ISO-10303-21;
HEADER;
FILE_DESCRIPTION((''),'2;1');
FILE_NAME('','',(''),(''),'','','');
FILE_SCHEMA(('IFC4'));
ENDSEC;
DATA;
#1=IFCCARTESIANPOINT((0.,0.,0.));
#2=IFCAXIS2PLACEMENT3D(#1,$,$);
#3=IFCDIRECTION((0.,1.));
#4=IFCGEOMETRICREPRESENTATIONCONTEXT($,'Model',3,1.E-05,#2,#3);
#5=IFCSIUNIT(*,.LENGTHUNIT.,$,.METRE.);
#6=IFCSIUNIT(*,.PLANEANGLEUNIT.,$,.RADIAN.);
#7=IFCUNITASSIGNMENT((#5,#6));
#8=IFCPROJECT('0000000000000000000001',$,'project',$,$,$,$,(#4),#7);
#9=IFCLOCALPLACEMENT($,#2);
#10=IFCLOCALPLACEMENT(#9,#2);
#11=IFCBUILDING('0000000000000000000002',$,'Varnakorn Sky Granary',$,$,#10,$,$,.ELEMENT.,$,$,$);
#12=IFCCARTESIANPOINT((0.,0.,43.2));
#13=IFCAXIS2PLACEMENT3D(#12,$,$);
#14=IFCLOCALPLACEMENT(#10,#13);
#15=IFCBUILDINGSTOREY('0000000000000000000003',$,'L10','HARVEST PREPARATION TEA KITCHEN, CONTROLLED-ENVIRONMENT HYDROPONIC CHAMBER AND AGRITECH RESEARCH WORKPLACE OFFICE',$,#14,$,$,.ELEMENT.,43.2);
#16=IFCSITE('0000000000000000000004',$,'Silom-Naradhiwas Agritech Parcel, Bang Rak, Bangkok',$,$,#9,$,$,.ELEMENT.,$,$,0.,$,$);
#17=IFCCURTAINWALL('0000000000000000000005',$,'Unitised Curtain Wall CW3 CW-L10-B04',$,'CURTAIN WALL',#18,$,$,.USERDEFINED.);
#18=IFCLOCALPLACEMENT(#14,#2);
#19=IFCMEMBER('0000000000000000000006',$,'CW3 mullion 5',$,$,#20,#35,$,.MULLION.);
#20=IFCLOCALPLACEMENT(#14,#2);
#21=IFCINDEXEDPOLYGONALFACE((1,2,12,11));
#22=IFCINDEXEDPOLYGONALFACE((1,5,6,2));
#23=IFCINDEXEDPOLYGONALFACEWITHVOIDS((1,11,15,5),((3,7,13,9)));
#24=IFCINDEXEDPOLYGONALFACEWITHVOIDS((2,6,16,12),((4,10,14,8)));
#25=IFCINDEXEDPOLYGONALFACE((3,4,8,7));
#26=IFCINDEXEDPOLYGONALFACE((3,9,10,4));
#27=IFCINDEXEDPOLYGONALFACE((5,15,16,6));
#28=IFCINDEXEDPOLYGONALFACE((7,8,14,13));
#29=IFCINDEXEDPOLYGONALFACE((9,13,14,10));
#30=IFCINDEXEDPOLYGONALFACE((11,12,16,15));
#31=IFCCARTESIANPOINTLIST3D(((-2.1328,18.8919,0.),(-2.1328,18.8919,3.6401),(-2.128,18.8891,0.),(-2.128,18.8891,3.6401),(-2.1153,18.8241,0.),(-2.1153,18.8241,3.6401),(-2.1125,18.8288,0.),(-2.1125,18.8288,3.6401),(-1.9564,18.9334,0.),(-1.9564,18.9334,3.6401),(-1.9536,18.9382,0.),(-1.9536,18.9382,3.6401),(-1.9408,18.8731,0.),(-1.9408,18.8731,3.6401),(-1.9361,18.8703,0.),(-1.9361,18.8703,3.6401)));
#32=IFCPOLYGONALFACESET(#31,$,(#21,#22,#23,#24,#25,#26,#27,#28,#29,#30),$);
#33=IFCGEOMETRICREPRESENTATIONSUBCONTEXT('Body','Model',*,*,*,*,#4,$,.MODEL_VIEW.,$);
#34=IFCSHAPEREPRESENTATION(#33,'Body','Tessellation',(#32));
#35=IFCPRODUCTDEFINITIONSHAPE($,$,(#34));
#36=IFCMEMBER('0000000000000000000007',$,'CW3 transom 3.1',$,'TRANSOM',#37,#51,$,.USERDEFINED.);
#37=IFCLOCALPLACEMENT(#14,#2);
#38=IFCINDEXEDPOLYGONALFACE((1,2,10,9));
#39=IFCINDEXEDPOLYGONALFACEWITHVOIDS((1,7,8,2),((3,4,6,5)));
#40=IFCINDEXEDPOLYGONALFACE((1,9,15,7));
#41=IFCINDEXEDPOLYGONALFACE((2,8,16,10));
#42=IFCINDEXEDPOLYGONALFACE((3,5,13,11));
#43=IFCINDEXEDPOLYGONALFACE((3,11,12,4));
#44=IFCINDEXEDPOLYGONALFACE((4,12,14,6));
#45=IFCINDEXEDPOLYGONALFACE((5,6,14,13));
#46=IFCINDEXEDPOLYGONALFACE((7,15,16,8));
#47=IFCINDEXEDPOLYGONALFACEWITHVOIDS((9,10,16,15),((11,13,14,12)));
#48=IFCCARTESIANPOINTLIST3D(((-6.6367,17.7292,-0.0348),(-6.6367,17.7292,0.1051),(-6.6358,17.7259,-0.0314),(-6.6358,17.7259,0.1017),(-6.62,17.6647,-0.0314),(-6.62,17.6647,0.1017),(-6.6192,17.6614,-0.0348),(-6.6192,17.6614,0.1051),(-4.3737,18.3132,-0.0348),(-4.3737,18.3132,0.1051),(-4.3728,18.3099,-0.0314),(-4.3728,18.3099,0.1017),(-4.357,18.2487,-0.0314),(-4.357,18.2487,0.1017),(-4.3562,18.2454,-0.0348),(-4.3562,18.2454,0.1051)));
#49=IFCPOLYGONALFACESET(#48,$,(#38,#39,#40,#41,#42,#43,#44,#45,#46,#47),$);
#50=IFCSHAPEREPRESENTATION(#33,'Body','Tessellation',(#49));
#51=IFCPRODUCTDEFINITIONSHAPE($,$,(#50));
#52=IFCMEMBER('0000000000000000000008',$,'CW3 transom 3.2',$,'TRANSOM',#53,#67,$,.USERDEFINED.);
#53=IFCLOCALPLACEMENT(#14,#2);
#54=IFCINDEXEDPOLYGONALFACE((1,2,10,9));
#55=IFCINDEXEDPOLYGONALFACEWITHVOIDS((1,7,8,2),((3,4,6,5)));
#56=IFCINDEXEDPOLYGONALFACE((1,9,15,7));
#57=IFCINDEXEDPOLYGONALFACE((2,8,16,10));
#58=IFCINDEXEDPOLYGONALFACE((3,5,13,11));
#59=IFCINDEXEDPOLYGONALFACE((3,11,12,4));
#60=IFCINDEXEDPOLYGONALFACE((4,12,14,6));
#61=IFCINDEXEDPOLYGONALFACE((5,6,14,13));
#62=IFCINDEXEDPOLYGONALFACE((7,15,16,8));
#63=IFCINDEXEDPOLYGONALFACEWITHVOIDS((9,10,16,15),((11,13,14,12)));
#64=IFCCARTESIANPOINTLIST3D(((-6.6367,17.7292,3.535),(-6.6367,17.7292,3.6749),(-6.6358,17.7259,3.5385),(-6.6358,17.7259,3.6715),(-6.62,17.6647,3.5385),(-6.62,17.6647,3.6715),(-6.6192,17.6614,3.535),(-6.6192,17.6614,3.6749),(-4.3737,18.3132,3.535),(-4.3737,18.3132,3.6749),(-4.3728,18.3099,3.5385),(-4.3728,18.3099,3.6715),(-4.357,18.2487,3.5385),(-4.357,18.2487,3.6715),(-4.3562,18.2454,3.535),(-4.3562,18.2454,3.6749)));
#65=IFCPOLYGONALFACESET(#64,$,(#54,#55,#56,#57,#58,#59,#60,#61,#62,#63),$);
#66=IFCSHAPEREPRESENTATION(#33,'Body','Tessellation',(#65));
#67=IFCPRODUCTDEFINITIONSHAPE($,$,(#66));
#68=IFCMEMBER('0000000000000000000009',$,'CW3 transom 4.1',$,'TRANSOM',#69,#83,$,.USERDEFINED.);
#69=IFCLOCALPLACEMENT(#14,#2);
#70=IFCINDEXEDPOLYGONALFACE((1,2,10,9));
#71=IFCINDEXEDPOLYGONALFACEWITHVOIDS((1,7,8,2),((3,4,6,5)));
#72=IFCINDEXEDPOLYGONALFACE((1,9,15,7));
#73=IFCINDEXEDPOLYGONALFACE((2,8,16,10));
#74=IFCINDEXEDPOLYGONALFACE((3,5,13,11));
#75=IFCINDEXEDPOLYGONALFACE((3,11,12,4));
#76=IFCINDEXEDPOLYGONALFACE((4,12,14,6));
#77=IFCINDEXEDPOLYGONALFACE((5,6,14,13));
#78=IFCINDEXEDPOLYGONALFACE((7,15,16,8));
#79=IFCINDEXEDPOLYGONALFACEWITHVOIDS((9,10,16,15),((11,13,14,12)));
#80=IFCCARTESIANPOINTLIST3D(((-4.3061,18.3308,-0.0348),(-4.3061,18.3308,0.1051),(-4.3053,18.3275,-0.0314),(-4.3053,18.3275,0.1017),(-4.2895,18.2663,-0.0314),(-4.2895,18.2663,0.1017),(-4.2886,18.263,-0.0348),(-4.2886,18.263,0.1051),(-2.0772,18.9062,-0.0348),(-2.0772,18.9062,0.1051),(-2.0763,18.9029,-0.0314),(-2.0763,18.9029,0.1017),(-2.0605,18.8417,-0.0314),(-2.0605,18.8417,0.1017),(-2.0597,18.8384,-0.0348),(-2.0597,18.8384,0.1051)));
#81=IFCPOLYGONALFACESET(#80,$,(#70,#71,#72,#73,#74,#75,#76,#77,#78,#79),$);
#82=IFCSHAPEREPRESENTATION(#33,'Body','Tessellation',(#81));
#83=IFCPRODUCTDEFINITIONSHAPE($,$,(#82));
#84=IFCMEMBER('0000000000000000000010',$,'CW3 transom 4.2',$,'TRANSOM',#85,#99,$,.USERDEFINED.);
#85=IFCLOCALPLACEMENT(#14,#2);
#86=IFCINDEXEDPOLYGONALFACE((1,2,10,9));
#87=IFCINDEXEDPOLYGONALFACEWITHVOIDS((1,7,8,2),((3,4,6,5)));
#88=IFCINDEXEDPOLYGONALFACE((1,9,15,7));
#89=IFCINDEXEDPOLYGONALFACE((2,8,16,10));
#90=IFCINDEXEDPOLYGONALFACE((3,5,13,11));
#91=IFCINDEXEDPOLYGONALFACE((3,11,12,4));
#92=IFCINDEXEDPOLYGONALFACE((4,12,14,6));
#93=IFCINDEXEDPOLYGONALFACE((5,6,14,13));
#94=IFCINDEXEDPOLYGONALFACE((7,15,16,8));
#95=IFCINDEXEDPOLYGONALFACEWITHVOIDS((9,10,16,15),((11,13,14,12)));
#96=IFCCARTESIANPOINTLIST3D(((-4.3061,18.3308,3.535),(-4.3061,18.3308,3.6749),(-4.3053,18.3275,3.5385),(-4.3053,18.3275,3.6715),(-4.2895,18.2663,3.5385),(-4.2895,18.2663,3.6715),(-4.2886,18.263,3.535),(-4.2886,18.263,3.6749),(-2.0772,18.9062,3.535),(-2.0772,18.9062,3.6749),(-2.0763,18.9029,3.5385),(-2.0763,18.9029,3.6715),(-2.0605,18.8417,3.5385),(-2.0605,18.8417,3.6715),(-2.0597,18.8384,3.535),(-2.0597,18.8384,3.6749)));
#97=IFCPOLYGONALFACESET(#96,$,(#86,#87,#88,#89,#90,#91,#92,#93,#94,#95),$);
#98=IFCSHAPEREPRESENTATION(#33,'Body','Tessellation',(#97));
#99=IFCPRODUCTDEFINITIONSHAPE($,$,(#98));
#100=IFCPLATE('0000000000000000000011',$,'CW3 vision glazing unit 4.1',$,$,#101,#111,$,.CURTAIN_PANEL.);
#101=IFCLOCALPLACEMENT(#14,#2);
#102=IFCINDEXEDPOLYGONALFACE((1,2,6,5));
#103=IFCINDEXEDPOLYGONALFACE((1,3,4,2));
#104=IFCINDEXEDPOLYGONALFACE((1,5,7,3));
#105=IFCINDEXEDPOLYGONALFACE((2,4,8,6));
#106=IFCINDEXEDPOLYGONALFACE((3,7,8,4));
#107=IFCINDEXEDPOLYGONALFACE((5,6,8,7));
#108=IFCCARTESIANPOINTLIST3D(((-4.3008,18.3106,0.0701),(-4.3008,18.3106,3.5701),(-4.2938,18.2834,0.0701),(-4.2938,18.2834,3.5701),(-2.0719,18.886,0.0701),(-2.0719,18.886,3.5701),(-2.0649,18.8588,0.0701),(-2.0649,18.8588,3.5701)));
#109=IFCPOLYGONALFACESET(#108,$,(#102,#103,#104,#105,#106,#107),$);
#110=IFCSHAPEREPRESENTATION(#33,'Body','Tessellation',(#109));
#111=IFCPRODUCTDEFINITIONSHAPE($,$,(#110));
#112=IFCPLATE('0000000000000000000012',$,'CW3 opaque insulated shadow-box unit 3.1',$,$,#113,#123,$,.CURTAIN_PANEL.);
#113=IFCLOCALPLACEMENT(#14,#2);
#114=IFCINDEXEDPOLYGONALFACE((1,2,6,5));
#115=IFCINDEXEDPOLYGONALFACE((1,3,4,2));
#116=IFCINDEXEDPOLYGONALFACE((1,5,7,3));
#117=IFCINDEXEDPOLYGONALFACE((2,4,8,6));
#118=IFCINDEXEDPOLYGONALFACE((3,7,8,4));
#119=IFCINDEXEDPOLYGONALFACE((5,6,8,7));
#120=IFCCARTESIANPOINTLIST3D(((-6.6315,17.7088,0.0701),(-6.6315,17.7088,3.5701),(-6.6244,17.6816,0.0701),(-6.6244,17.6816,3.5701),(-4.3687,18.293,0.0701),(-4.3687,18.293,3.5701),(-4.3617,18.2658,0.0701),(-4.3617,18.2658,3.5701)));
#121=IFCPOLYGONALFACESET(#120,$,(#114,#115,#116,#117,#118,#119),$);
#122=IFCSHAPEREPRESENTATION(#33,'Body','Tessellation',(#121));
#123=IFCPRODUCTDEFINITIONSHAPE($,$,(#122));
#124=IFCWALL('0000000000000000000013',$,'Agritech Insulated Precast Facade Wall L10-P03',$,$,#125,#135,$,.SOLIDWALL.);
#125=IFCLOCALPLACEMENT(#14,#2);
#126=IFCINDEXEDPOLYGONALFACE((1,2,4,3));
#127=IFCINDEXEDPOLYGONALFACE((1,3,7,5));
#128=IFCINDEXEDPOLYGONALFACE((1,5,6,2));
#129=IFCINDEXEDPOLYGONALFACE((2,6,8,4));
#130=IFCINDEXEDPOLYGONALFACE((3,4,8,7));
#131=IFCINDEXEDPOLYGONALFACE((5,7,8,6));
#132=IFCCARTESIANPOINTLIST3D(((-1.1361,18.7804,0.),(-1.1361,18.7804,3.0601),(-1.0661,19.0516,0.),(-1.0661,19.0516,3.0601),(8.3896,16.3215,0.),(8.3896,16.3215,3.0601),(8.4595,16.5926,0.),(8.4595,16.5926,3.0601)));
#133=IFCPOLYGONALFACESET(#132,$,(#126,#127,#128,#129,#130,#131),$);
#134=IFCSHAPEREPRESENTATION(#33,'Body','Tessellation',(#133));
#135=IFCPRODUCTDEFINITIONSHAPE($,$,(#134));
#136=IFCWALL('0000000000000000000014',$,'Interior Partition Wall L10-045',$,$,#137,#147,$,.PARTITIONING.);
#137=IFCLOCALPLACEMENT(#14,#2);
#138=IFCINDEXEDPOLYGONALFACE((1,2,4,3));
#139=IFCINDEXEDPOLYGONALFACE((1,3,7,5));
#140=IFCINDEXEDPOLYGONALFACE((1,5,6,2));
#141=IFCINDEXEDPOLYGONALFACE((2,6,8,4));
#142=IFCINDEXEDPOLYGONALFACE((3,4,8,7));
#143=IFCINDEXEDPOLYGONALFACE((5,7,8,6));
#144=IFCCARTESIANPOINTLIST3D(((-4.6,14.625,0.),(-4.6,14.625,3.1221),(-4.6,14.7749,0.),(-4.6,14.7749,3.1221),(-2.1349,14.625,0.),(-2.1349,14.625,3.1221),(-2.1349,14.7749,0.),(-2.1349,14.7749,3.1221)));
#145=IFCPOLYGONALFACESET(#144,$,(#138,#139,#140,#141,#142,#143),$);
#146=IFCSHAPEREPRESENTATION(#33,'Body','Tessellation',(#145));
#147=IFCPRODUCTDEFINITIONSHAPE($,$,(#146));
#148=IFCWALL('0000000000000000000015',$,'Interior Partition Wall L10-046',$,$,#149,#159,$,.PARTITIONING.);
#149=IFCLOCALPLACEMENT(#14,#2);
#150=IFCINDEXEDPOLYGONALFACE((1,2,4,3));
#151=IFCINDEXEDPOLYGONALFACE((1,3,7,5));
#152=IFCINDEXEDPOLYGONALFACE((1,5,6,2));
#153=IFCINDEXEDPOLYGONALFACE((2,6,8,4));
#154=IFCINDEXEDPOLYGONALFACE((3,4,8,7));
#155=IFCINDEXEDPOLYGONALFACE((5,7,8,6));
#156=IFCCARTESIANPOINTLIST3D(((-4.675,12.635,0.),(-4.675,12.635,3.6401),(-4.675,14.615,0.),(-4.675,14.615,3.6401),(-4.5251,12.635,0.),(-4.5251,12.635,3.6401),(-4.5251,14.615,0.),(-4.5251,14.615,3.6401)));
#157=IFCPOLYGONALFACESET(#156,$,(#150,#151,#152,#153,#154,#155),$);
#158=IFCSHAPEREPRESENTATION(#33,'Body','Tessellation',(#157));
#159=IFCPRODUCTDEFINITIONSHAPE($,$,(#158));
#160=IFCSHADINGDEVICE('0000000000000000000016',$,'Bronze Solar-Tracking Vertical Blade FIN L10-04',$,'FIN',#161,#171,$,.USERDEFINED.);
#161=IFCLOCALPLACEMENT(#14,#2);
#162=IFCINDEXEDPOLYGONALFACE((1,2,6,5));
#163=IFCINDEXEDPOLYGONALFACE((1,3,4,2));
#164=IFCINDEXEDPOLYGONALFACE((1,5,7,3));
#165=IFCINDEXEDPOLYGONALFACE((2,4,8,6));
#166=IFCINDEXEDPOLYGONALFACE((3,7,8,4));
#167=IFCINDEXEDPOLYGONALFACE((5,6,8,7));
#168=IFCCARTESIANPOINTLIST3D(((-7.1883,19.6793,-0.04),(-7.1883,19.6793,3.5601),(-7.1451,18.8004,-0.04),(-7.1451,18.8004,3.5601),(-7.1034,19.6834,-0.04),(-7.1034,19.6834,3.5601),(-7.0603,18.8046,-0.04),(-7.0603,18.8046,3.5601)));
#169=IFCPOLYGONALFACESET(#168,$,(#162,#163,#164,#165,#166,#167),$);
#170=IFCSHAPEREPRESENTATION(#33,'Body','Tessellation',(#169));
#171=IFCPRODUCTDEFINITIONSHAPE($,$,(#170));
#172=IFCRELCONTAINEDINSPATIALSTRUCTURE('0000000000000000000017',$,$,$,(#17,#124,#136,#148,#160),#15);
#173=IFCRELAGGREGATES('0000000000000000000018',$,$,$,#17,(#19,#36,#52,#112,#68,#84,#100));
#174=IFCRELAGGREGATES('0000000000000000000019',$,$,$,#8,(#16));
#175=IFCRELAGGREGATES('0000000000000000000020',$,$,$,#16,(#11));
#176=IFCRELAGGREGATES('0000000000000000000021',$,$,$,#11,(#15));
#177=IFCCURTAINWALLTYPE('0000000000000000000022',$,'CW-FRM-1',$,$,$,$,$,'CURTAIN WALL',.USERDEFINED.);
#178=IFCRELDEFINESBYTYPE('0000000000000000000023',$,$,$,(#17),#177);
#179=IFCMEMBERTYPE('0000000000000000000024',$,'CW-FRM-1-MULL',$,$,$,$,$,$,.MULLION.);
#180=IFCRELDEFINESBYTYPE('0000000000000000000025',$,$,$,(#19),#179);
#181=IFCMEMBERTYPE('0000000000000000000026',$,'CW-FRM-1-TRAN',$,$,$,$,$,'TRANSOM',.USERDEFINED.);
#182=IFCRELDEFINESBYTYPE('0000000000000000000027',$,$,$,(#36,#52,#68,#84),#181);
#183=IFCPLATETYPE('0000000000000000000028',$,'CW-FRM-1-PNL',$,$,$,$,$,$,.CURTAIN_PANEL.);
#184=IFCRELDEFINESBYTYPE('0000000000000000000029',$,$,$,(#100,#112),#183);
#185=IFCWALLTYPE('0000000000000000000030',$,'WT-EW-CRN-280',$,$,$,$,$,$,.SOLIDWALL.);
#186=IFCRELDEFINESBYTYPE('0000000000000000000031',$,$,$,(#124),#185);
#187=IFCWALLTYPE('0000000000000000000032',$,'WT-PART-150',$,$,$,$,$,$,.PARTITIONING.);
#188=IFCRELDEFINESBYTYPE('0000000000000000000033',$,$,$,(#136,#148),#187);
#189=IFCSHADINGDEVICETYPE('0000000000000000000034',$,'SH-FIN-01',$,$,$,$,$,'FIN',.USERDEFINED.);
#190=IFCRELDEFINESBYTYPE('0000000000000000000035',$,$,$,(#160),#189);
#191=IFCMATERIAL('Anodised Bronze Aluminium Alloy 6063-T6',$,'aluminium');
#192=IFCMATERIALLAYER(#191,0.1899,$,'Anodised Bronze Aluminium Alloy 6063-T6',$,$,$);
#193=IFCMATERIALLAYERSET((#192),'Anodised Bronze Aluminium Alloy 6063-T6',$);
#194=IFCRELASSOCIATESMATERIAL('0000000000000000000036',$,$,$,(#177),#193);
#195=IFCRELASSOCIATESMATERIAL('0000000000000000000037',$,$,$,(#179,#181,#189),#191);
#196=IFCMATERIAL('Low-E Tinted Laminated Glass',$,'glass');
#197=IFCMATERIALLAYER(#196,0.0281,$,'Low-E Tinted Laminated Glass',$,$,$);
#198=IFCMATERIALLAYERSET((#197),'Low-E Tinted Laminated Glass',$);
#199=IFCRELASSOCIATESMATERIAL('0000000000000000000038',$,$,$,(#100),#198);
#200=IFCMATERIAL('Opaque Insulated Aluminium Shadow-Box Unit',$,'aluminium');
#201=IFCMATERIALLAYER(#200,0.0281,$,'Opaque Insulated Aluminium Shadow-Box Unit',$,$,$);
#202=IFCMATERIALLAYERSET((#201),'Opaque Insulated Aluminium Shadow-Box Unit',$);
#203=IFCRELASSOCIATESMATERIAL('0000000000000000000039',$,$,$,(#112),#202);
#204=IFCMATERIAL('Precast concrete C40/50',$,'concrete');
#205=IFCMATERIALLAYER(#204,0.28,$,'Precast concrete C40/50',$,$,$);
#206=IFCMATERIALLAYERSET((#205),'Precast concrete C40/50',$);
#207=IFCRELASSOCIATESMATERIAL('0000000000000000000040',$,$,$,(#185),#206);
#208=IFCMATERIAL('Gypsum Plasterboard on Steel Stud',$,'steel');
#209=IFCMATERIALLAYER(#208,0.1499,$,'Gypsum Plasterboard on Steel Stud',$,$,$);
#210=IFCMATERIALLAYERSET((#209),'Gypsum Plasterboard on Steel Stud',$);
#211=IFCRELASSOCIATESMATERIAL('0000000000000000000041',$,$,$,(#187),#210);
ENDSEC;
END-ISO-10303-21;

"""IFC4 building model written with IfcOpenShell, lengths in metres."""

from ifc_helpers import new_model, si_unit, direction, frame, frame_2d, origin, origin_2d, place, context, subcontext, project, spatial, rectangle, hollow_rectangle, extrude, source, transform, mapped, material, layer, layer_set, material_profile, profile_set, type_object, type_shapes, element, aggregate, save


model = new_model("IFC4")

# Units and contexts
model_context = context("Model", 3, precision=1e-05, world=origin(), true_north=direction((0.0, 1.0)))
body_context = subcontext(model_context, "Body", "Model", "MODEL_VIEW")
ifc_project = project(units=[si_unit("LENGTHUNIT", "METRE"), si_unit("PLANEANGLEUNIT", "RADIAN")], contexts=[model_context])

# Site, building, storey
site_placement = place(None, origin())
site = spatial("IfcSite", under=ifc_project, at=site_placement, Name="Silom-Naradhiwas Agritech Parcel, Bang Rak, Bangkok", CompositionType="ELEMENT", RefElevation=0.0)
building_placement = place(site_placement, origin())
building = spatial("IfcBuilding", under=site, at=building_placement, Name="Varnakorn Sky Granary", CompositionType="ELEMENT")
storey_placement = place(building_placement, frame((0.0, 0.0, 43.2)))
storey = spatial("IfcBuildingStorey", under=building, at=storey_placement, Name="L10", Description="HARVEST PREPARATION TEA KITCHEN, CONTROLLED-ENVIRONMENT HYDROPONIC CHAMBER AND AGRITECH RESEARCH WORKPLACE OFFICE", CompositionType="ELEMENT", Elevation=43.2)

# Curtain wall, members, plates
ifc_material_1 = material(Name="Anodised Bronze Aluminium Alloy 6063-T6", Category="aluminium")
ifc_layer_1 = layer(ifc_material_1, 0.1899, Name="Anodised Bronze Aluminium Alloy 6063-T6")
ifc_layer_set_1 = layer_set([ifc_layer_1], Name="Anodised Bronze Aluminium Alloy 6063-T6")
curtain_wall_type = type_object("IfcCurtainWallType", Name="CW-FRM-1", ElementType="CURTAIN WALL", PredefinedType="USERDEFINED", material=ifc_layer_set_1)
curtain_wall_placement = place(storey_placement, origin())
curtain_wall = element("IfcCurtainWall", 1, at=curtain_wall_placement, inside=storey, type_object=curtain_wall_type, Name="Unitised Curtain Wall CW3 CW-L10-B04", ObjectType="CURTAIN WALL", PredefinedType="USERDEFINED")
ifc_material_profile_1 = material_profile(ifc_material_1, hollow_rectangle(XDim=0.0701, YDim=0.1851, WallThickness=0.0039, at=origin_2d()), Name="ALU MULL 70x185")
ifc_profile_set_1 = profile_set([ifc_material_profile_1], Name="Anodised Bronze Aluminium Alloy 6063-T6")
member_type_1 = type_object("IfcMemberType", Name="CW-FRM-1-MULL", PredefinedType="MULLION", material=ifc_profile_set_1)
member_1_placement = place(storey_placement, frame((-2.0344, 18.8811, 0.0), z_axis=(0.0, 0.0, 1.0), x_axis=(-0.24996, 0.968256, 0.0)))
member_1 = element("IfcMember", 2, at=member_1_placement, type_object=member_type_1, Name="CW3 mullion 5", PredefinedType="MULLION", context=body_context, shape_type="SweptSolid", body=[
    extrude(hollow_rectangle(XDim=0.0701, YDim=0.1851, WallThickness=0.0039, at=origin_2d()), origin(), (0.0, 0.0, 1.0), 3.6401),
])
ifc_material_profile_2 = material_profile(ifc_material_1, hollow_rectangle(XDim=0.0701, YDim=0.1399, WallThickness=0.0034, at=origin_2d()), Name="ALU TRAN 70x140")
ifc_profile_set_2 = profile_set([ifc_material_profile_2], Name="Anodised Bronze Aluminium Alloy 6063-T6")
member_type_2 = type_object("IfcMemberType", Name="CW-FRM-1-TRAN", ElementType="TRANSOM", PredefinedType="USERDEFINED", material=ifc_profile_set_2)
member_2_placement = place(storey_placement, frame((-6.6279, 17.6953, 0.0352), z_axis=(0.968277, 0.249878, 0.0), x_axis=(-0.249878, 0.968277, 0.0)))
member_2 = element("IfcMember", 3, at=member_2_placement, type_object=member_type_2, Name="CW3 transom 3.1", ObjectType="TRANSOM", PredefinedType="USERDEFINED", context=body_context, shape_type="SweptSolid", body=[
    extrude(hollow_rectangle(XDim=0.0701, YDim=0.1399, WallThickness=0.0034, at=origin_2d()), origin(), (0.0, 0.0, 1.0), 2.3372),
])
member_3_placement = place(storey_placement, frame((-6.6279, 17.6953, 3.605), z_axis=(0.968277, 0.249878, 0.0), x_axis=(-0.249878, 0.968277, 0.0)))
member_3 = element("IfcMember", 4, at=member_3_placement, type_object=member_type_2, Name="CW3 transom 3.2", ObjectType="TRANSOM", PredefinedType="USERDEFINED", context=body_context, shape_type="SweptSolid", body=[
    extrude(hollow_rectangle(XDim=0.0701, YDim=0.1399, WallThickness=0.0034, at=origin_2d()), origin(), (0.0, 0.0, 1.0), 2.3372),
])
member_4_placement = place(storey_placement, frame((-4.2974, 18.2969, 0.0352), z_axis=(0.968255, 0.249965, 0.0), x_axis=(-0.249965, 0.968255, 0.0)))
member_4 = element("IfcMember", 5, at=member_4_placement, type_object=member_type_2, Name="CW3 transom 4.1", ObjectType="TRANSOM", PredefinedType="USERDEFINED", context=body_context, shape_type="SweptSolid", body=[
    extrude(hollow_rectangle(XDim=0.0701, YDim=0.1399, WallThickness=0.0034, at=origin_2d()), origin(), (0.0, 0.0, 1.0), 2.302),
])
member_5_placement = place(storey_placement, frame((-4.2974, 18.2969, 3.605), z_axis=(0.968255, 0.249965, 0.0), x_axis=(-0.249965, 0.968255, 0.0)))
member_5 = element("IfcMember", 6, at=member_5_placement, type_object=member_type_2, Name="CW3 transom 4.2", ObjectType="TRANSOM", PredefinedType="USERDEFINED", context=body_context, shape_type="SweptSolid", body=[
    extrude(hollow_rectangle(XDim=0.0701, YDim=0.1399, WallThickness=0.0034, at=origin_2d()), origin(), (0.0, 0.0, 1.0), 2.302),
])
ifc_material_2 = material(Name="Low-E Tinted Laminated Glass", Category="glass")
ifc_layer_2 = layer(ifc_material_2, 0.0281, Name="Low-E Tinted Laminated Glass")
ifc_layer_set_2 = layer_set([ifc_layer_2], Name="Low-E Tinted Laminated Glass")
plate_type = type_object("IfcPlateType", Name="CW-FRM-1-PNL", PredefinedType="CURTAIN_PANEL")
shared_shape_1 = source(origin(), body_context, "Body", "SweptSolid", [
    extrude(rectangle(XDim=2.302, YDim=0.0281, at=origin_2d()), origin(), (0.0, 0.0, 1.0), 3.5),
])
plate_1_placement = place(storey_placement, frame((-3.1829, 18.5847, 0.0701), z_axis=(0.0, 0.0, 1.0), x_axis=(0.968256, 0.24996, 0.0)))
plate_1 = element("IfcPlate", 7, at=plate_1_placement, type_object=plate_type, material=ifc_layer_set_2, Name="CW3 vision glazing unit 4.1", PredefinedType="CURTAIN_PANEL", context=body_context, shape_type="MappedRepresentation", body=[
    mapped(shared_shape_1, transform((0.0, 0.0, 0.0), x_axis=(1.0, 0.0, 0.0), y_axis=(0.0, 1.0, 0.0), z_axis=(0.0, 0.0, 1.0), scale=1.0)),
])
ifc_material_3 = material(Name="Opaque Insulated Aluminium Shadow-Box Unit", Category="aluminium")
ifc_layer_3 = layer(ifc_material_3, 0.0281, Name="Opaque Insulated Aluminium Shadow-Box Unit")
ifc_layer_set_3 = layer_set([ifc_layer_3], Name="Opaque Insulated Aluminium Shadow-Box Unit")
shared_shape_2 = source(origin(), body_context, "Body", "SweptSolid", [
    extrude(rectangle(XDim=2.3369, YDim=0.0281, at=origin_2d()), origin(), (0.0, 0.0, 1.0), 3.5),
])
type_shapes(plate_type, [shared_shape_1, shared_shape_2])
plate_2_placement = place(storey_placement, frame((-5.4966, 17.9873, 0.0701), z_axis=(0.0, 0.0, 1.0), x_axis=(0.968256, 0.24996, 0.0)))
plate_2 = element("IfcPlate", 8, at=plate_2_placement, type_object=plate_type, material=ifc_layer_set_3, Name="CW3 opaque insulated shadow-box unit 3.1", PredefinedType="CURTAIN_PANEL", context=body_context, shape_type="MappedRepresentation", body=[
    mapped(shared_shape_2, transform((0.0, 0.0, 0.0), x_axis=(1.0, 0.0, 0.0), y_axis=(0.0, 1.0, 0.0), z_axis=(0.0, 0.0, 1.0), scale=1.0)),
])
aggregate(curtain_wall, [member_1, member_2, member_3, plate_2, member_4, member_5, plate_1])

# Walls
ifc_material_4 = material(Name="Precast concrete C40/50", Category="concrete")
ifc_layer_4 = layer(ifc_material_4, 0.28, Name="Precast concrete C40/50")
ifc_layer_set_4 = layer_set([ifc_layer_4], Name="Precast concrete C40/50")
wall_type_1 = type_object("IfcWallType", Name="WT-EW-CRN-280", PredefinedType="SOLIDWALL", material=ifc_layer_set_4)
wall_1_placement = place(storey_placement, frame((-1.1011, 18.916, 0.0), z_axis=(0.0, 0.0, 1.0), x_axis=(0.968259, -0.24995, 0.0)))
element("IfcWall", 9, at=wall_1_placement, inside=storey, type_object=wall_type_1, Name="Agritech Insulated Precast Facade Wall L10-P03", PredefinedType="SOLIDWALL", context=body_context, shape_type="SweptSolid", body=[
    extrude(rectangle(XDim=9.8379, YDim=0.28, at=frame_2d((4.9189, 0.0))), origin(), (0.0, 0.0, 1.0), 3.0601),
])
ifc_material_5 = material(Name="Gypsum Plasterboard on Steel Stud", Category="steel")
ifc_layer_5 = layer(ifc_material_5, 0.1499, Name="Gypsum Plasterboard on Steel Stud")
ifc_layer_set_5 = layer_set([ifc_layer_5], Name="Gypsum Plasterboard on Steel Stud")
wall_type_2 = type_object("IfcWallType", Name="WT-PART-150", PredefinedType="PARTITIONING", material=ifc_layer_set_5)
wall_2_placement = place(storey_placement, frame((-2.135, 14.7, 0.0), z_axis=(0.0, 0.0, 1.0), x_axis=(-1.0, 0.0, 0.0)))
element("IfcWall", 10, at=wall_2_placement, inside=storey, type_object=wall_type_2, Name="Interior Partition Wall L10-045", PredefinedType="PARTITIONING", context=body_context, shape_type="SweptSolid", body=[
    extrude(rectangle(XDim=2.4651, YDim=0.1499, at=frame_2d((1.2324, 0.0))), origin(), (0.0, 0.0, 1.0), 3.1221),
])
wall_3_placement = place(storey_placement, frame((-4.6001, 14.615, 0.0), z_axis=(0.0, 0.0, 1.0), x_axis=(0.0, -1.0, 0.0)))
element("IfcWall", 11, at=wall_3_placement, inside=storey, type_object=wall_type_2, Name="Interior Partition Wall L10-046", PredefinedType="PARTITIONING", context=body_context, shape_type="SweptSolid", body=[
    extrude(rectangle(XDim=1.98, YDim=0.1499, at=frame_2d((0.99, 0.0))), origin(), (0.0, 0.0, 1.0), 3.6401),
])

# Shading device
shading_device_type = type_object("IfcShadingDeviceType", Name="SH-FIN-01", ElementType="FIN", PredefinedType="USERDEFINED", material=ifc_material_1)
shared_shape_3 = source(origin(), body_context, "Body", "SweptSolid", [
    extrude(rectangle(XDim=0.085, YDim=0.8799, at=origin_2d()), origin(), (0.0, 0.0, 1.0), 3.6001),
])
type_shapes(shading_device_type, [shared_shape_3])
shading_device_placement = place(storey_placement, frame((-7.1243, 19.2419, -0.04), z_axis=(0.0, 0.0, 1.0), x_axis=(-0.998796, -0.04906, 0.0)))
element("IfcShadingDevice", 12, at=shading_device_placement, inside=storey, type_object=shading_device_type, Name="Bronze Solar-Tracking Vertical Blade FIN L10-04", ObjectType="FIN", PredefinedType="USERDEFINED", context=body_context, shape_type="MappedRepresentation", body=[
    mapped(shared_shape_3, transform((0.0, 0.0, 0.0), x_axis=(1.0, 0.0, 0.0), y_axis=(0.0, 1.0, 0.0), z_axis=(0.0, 0.0, 1.0), scale=1.0)),
])

save(model, "model.ifc")
